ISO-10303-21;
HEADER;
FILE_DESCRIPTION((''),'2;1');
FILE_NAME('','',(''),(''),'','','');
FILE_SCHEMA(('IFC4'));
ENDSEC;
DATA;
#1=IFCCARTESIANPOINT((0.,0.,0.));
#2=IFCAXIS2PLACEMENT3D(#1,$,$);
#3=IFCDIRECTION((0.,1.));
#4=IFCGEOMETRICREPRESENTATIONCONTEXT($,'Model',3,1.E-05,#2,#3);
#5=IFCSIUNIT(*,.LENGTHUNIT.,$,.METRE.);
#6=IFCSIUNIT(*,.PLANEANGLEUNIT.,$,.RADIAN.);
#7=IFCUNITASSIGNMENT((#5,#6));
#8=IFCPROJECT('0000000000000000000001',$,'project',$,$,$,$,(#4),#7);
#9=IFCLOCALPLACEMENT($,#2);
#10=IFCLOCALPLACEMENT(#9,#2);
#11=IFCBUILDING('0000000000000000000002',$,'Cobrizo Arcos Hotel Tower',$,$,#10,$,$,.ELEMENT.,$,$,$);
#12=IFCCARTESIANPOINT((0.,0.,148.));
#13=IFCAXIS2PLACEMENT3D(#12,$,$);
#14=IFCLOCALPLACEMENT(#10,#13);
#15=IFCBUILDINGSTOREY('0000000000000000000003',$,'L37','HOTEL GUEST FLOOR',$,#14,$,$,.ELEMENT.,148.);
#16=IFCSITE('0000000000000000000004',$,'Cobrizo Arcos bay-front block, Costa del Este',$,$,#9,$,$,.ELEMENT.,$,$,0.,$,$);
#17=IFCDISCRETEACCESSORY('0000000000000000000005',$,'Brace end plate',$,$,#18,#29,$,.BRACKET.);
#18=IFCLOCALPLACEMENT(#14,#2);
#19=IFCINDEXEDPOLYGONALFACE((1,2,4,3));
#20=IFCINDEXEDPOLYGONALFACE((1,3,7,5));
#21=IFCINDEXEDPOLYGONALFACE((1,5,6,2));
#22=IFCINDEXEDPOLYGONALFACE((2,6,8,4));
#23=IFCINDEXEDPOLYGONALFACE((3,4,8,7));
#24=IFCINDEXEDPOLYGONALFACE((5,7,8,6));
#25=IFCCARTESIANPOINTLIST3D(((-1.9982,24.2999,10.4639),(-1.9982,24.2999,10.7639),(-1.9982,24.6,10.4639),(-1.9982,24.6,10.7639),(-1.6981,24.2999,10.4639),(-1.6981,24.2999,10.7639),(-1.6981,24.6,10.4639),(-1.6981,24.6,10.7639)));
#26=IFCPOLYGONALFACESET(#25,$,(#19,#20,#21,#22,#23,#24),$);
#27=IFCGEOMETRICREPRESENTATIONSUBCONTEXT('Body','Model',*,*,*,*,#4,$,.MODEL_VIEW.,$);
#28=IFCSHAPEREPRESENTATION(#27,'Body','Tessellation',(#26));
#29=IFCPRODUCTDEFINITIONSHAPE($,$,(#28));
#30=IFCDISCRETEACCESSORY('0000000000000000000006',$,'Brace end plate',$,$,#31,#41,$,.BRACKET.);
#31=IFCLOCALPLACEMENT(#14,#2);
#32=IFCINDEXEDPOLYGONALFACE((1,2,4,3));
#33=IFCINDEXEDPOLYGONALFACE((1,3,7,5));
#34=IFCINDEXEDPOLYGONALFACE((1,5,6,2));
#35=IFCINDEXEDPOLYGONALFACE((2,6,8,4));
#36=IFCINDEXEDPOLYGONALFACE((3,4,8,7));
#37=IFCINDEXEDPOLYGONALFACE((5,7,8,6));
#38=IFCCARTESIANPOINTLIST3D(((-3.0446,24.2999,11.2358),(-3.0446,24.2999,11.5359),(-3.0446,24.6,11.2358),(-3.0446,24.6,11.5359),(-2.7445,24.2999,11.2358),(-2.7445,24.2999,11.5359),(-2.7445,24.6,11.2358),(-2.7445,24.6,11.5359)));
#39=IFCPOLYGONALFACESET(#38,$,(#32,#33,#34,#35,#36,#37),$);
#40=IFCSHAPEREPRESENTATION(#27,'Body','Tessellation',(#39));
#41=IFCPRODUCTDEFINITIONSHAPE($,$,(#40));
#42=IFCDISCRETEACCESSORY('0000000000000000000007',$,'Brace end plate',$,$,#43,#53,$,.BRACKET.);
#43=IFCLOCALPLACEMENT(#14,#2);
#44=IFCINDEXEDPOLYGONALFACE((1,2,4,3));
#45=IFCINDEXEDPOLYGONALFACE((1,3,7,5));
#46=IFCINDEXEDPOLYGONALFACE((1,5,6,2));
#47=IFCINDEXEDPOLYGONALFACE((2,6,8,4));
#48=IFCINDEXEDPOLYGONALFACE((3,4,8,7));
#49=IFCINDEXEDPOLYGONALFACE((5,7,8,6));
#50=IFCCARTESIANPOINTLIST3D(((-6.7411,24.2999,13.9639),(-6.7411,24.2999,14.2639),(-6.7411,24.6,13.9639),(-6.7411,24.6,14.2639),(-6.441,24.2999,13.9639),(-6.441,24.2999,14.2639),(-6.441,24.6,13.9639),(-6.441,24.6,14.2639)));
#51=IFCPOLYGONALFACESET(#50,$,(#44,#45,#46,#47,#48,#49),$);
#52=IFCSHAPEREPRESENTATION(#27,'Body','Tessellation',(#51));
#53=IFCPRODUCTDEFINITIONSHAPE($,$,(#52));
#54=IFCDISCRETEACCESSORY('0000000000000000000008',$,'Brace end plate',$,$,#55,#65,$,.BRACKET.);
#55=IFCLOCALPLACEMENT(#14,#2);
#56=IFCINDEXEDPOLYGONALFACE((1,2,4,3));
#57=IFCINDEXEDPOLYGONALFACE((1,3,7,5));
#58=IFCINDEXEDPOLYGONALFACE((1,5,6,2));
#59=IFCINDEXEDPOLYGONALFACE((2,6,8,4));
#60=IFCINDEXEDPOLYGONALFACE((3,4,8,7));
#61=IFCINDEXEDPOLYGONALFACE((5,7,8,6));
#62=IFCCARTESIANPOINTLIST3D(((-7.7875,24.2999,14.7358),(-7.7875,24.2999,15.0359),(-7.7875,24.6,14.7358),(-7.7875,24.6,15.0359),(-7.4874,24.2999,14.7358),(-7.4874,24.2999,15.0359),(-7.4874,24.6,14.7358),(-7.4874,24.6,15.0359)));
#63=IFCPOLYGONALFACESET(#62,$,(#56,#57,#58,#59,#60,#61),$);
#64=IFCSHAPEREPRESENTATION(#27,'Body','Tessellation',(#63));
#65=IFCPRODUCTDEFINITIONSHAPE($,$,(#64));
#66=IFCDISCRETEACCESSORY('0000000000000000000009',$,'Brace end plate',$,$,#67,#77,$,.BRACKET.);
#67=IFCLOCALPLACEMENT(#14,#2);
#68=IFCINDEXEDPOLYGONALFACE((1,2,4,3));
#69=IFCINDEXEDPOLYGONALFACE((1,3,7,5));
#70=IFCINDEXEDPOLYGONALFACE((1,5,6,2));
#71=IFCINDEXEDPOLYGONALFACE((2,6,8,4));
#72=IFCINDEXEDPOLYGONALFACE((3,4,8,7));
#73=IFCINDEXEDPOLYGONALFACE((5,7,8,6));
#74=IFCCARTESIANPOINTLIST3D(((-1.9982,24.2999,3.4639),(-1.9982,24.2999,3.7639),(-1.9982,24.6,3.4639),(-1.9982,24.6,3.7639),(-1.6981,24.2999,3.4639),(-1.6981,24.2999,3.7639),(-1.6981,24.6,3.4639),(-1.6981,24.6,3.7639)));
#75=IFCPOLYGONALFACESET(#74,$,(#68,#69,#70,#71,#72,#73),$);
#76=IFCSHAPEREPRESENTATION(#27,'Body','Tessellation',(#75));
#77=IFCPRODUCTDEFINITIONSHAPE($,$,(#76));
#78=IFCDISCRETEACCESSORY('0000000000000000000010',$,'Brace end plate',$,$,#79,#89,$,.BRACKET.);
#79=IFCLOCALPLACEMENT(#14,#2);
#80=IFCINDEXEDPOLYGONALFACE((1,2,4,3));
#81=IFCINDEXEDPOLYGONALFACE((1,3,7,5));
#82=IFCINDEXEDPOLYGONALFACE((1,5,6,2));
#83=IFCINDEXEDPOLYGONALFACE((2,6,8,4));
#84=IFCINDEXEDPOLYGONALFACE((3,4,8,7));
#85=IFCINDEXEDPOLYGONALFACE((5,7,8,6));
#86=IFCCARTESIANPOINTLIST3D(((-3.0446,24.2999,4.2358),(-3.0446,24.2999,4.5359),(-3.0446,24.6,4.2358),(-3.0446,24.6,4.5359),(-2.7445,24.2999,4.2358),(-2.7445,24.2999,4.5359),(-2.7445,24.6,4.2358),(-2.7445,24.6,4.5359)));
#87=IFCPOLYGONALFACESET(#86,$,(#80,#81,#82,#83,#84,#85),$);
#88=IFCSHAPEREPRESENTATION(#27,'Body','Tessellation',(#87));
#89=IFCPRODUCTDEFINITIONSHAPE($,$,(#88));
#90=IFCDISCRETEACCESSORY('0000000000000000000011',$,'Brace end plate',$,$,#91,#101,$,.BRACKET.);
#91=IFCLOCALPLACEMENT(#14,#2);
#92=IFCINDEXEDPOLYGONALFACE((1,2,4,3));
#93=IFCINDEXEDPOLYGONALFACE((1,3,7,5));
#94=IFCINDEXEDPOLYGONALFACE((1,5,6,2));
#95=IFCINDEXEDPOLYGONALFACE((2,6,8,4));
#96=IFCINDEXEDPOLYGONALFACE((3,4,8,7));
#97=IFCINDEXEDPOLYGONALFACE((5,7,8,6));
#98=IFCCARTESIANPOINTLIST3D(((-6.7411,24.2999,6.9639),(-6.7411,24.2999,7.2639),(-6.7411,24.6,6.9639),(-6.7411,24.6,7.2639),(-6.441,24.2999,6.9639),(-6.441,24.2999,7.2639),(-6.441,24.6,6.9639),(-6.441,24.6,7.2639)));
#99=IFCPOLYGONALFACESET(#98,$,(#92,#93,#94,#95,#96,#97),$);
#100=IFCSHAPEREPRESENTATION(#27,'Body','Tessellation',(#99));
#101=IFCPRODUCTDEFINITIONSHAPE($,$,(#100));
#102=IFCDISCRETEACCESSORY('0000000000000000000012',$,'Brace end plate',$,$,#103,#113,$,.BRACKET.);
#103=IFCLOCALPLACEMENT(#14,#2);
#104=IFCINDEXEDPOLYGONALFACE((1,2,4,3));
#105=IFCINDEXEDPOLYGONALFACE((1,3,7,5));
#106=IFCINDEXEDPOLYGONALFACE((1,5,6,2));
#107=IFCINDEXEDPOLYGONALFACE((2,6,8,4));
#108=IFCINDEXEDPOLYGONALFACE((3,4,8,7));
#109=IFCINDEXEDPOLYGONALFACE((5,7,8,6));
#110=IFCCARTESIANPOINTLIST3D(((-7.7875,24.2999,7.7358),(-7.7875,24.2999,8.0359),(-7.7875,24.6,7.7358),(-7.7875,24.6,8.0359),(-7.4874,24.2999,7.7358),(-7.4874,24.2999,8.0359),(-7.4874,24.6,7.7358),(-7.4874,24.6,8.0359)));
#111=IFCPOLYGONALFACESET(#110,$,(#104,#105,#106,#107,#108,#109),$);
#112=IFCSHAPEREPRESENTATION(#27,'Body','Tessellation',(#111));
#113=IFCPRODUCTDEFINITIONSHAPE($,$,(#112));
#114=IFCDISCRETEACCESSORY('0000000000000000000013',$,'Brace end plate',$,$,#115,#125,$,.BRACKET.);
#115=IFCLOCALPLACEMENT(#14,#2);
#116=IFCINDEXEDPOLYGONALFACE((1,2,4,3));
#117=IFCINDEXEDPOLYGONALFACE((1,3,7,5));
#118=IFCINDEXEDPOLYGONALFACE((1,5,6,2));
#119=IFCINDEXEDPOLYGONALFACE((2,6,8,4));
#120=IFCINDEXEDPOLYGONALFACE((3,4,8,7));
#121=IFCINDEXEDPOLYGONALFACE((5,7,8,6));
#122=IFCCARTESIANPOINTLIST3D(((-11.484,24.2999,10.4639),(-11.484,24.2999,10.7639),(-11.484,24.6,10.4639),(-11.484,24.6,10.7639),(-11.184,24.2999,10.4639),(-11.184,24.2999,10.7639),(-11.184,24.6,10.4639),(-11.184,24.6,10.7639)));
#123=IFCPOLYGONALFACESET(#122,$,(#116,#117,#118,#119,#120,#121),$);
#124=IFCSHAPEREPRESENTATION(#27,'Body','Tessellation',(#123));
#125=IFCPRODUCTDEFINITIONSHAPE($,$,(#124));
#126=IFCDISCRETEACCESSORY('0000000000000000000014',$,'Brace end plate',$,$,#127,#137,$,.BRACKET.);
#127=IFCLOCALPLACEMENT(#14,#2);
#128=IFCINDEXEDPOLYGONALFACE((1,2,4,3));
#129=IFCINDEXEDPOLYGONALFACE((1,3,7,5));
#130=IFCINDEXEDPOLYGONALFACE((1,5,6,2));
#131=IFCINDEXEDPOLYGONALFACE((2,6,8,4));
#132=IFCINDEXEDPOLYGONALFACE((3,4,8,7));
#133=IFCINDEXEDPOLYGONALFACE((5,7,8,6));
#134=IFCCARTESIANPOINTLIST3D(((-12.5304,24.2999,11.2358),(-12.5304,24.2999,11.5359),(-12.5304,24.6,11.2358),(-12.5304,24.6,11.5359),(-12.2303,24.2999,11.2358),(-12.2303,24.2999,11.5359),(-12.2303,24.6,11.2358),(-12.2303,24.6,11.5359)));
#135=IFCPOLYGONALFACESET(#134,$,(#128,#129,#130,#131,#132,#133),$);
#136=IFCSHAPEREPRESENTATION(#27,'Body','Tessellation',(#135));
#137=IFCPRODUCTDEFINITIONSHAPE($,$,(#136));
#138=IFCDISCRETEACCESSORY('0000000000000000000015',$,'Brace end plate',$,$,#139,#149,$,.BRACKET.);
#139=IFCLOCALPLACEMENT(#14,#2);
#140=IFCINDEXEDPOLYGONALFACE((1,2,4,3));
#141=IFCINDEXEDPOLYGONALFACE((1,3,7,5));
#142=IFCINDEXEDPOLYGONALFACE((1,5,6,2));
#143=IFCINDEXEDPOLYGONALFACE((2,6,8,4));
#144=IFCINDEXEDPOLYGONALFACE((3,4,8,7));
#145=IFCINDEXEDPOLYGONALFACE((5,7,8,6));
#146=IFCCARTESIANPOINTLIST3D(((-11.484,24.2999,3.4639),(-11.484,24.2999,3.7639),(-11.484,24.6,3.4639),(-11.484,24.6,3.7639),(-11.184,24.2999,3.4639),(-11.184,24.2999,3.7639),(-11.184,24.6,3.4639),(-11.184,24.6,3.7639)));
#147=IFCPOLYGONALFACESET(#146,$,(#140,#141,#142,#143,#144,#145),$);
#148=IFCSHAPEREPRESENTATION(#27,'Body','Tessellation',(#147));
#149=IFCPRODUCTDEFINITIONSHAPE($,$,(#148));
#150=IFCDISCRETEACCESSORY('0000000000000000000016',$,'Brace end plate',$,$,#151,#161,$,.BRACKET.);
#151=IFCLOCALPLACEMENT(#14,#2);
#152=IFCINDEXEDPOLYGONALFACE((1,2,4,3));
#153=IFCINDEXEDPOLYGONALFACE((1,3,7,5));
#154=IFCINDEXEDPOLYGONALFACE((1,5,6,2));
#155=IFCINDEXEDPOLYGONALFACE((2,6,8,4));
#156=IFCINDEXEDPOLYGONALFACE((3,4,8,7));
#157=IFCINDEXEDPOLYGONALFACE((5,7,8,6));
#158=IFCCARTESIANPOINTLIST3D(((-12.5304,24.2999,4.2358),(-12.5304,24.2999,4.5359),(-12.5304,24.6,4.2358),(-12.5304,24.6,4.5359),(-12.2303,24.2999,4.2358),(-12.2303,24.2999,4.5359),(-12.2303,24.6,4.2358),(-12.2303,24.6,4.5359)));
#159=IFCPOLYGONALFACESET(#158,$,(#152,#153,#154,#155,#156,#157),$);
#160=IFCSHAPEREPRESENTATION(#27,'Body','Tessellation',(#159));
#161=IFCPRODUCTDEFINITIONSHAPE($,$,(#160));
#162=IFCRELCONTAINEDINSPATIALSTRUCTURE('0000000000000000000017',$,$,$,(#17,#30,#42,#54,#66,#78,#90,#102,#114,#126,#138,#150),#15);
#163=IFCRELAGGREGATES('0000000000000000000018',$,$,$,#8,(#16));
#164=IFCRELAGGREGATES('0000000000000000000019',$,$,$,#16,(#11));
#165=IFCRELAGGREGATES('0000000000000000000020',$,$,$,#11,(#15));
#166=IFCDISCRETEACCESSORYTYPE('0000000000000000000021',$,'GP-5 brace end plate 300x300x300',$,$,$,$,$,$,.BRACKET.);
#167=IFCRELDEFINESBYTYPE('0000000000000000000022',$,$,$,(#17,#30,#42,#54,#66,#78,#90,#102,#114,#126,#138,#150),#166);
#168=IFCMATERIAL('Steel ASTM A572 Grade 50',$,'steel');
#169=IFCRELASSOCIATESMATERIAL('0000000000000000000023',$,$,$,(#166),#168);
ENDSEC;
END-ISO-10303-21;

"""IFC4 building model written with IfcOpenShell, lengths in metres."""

from ifc_helpers import new_model, si_unit, direction, frame, origin, origin_2d, place, context, subcontext, project, spatial, rectangle, extrude, material, type_object, element, save


model = new_model("IFC4")

# Units and contexts
model_context = context("Model", 3, precision=1e-05, world=origin(), true_north=direction((0.0, 1.0)))
body_context = subcontext(model_context, "Body", "Model", "MODEL_VIEW")
ifc_project = project(units=[si_unit("LENGTHUNIT", "METRE"), si_unit("PLANEANGLEUNIT", "RADIAN")], contexts=[model_context])

# Site, building, storey
site_placement = place(None, origin())
site = spatial("IfcSite", under=ifc_project, at=site_placement, Name="Cobrizo Arcos bay-front block, Costa del Este", CompositionType="ELEMENT", RefElevation=0.0)
building_placement = place(site_placement, origin())
building = spatial("IfcBuilding", under=site, at=building_placement, Name="Cobrizo Arcos Hotel Tower", CompositionType="ELEMENT")
storey_placement = place(building_placement, frame((0.0, 0.0, 148.0)))
storey = spatial("IfcBuildingStorey", under=building, at=storey_placement, Name="L37", Description="HOTEL GUEST FLOOR", CompositionType="ELEMENT", Elevation=148.0)

# Shared definitions
ifc_material_1 = material(Name="Steel ASTM A572 Grade 50", Category="steel")

# Discrete accessories
discrete_accessory_type_1 = type_object("IfcDiscreteAccessoryType", Name="GP-5 brace end plate 300x300x300", PredefinedType="BRACKET", material=ifc_material_1)
for number, where, z_axis, x_axis, name in (
    (1, (-1.8481, 24.45, 10.4639), (0.0, 0.0, 1.0), (1.0, 0.0, 0.0), "Brace end plate"),
    (2, (-2.8945, 24.45, 11.2358), (0.0, 0.0, 1.0), (1.0, 0.0, 0.0), "Brace end plate"),
    (3, (-6.5911, 24.45, 13.9639), (0.0, 0.0, 1.0), (1.0, 0.0, 0.0), "Brace end plate"),
    (4, (-7.6375, 24.45, 14.7358), (0.0, 0.0, 1.0), (1.0, 0.0, 0.0), "Brace end plate"),
    (5, (-1.8481, 24.45, 3.4639), (0.0, 0.0, 1.0), (1.0, 0.0, 0.0), "Brace end plate"),
    (6, (-2.8945, 24.45, 4.2358), (0.0, 0.0, 1.0), (1.0, 0.0, 0.0), "Brace end plate"),
    (7, (-6.5911, 24.45, 6.9639), (0.0, 0.0, 1.0), (1.0, 0.0, 0.0), "Brace end plate"),
    (8, (-7.6375, 24.45, 7.7358), (0.0, 0.0, 1.0), (1.0, 0.0, 0.0), "Brace end plate"),
    (9, (-11.334, 24.45, 10.4639), (0.0, 0.0, 1.0), (1.0, 0.0, 0.0), "Brace end plate"),
    (10, (-12.3804, 24.45, 11.2358), (0.0, 0.0, 1.0), (1.0, 0.0, 0.0), "Brace end plate"),
    (11, (-11.334, 24.45, 3.4639), (0.0, 0.0, 1.0), (1.0, 0.0, 0.0), "Brace end plate"),
    (12, (-12.3804, 24.45, 4.2358), (0.0, 0.0, 1.0), (1.0, 0.0, 0.0), "Brace end plate"),
):
    element("IfcDiscreteAccessory", number, at=place(storey_placement, frame(where, z_axis=z_axis, x_axis=x_axis)), inside=storey, type_object=discrete_accessory_type_1, Name=name, PredefinedType="BRACKET", context=body_context, shape_type="SweptSolid", body=[
        extrude(rectangle(XDim=0.3, YDim=0.3, at=origin_2d()), origin(), (0.0, 0.0, 1.0), 0.3),
    ])

save(model, "model.ifc")
